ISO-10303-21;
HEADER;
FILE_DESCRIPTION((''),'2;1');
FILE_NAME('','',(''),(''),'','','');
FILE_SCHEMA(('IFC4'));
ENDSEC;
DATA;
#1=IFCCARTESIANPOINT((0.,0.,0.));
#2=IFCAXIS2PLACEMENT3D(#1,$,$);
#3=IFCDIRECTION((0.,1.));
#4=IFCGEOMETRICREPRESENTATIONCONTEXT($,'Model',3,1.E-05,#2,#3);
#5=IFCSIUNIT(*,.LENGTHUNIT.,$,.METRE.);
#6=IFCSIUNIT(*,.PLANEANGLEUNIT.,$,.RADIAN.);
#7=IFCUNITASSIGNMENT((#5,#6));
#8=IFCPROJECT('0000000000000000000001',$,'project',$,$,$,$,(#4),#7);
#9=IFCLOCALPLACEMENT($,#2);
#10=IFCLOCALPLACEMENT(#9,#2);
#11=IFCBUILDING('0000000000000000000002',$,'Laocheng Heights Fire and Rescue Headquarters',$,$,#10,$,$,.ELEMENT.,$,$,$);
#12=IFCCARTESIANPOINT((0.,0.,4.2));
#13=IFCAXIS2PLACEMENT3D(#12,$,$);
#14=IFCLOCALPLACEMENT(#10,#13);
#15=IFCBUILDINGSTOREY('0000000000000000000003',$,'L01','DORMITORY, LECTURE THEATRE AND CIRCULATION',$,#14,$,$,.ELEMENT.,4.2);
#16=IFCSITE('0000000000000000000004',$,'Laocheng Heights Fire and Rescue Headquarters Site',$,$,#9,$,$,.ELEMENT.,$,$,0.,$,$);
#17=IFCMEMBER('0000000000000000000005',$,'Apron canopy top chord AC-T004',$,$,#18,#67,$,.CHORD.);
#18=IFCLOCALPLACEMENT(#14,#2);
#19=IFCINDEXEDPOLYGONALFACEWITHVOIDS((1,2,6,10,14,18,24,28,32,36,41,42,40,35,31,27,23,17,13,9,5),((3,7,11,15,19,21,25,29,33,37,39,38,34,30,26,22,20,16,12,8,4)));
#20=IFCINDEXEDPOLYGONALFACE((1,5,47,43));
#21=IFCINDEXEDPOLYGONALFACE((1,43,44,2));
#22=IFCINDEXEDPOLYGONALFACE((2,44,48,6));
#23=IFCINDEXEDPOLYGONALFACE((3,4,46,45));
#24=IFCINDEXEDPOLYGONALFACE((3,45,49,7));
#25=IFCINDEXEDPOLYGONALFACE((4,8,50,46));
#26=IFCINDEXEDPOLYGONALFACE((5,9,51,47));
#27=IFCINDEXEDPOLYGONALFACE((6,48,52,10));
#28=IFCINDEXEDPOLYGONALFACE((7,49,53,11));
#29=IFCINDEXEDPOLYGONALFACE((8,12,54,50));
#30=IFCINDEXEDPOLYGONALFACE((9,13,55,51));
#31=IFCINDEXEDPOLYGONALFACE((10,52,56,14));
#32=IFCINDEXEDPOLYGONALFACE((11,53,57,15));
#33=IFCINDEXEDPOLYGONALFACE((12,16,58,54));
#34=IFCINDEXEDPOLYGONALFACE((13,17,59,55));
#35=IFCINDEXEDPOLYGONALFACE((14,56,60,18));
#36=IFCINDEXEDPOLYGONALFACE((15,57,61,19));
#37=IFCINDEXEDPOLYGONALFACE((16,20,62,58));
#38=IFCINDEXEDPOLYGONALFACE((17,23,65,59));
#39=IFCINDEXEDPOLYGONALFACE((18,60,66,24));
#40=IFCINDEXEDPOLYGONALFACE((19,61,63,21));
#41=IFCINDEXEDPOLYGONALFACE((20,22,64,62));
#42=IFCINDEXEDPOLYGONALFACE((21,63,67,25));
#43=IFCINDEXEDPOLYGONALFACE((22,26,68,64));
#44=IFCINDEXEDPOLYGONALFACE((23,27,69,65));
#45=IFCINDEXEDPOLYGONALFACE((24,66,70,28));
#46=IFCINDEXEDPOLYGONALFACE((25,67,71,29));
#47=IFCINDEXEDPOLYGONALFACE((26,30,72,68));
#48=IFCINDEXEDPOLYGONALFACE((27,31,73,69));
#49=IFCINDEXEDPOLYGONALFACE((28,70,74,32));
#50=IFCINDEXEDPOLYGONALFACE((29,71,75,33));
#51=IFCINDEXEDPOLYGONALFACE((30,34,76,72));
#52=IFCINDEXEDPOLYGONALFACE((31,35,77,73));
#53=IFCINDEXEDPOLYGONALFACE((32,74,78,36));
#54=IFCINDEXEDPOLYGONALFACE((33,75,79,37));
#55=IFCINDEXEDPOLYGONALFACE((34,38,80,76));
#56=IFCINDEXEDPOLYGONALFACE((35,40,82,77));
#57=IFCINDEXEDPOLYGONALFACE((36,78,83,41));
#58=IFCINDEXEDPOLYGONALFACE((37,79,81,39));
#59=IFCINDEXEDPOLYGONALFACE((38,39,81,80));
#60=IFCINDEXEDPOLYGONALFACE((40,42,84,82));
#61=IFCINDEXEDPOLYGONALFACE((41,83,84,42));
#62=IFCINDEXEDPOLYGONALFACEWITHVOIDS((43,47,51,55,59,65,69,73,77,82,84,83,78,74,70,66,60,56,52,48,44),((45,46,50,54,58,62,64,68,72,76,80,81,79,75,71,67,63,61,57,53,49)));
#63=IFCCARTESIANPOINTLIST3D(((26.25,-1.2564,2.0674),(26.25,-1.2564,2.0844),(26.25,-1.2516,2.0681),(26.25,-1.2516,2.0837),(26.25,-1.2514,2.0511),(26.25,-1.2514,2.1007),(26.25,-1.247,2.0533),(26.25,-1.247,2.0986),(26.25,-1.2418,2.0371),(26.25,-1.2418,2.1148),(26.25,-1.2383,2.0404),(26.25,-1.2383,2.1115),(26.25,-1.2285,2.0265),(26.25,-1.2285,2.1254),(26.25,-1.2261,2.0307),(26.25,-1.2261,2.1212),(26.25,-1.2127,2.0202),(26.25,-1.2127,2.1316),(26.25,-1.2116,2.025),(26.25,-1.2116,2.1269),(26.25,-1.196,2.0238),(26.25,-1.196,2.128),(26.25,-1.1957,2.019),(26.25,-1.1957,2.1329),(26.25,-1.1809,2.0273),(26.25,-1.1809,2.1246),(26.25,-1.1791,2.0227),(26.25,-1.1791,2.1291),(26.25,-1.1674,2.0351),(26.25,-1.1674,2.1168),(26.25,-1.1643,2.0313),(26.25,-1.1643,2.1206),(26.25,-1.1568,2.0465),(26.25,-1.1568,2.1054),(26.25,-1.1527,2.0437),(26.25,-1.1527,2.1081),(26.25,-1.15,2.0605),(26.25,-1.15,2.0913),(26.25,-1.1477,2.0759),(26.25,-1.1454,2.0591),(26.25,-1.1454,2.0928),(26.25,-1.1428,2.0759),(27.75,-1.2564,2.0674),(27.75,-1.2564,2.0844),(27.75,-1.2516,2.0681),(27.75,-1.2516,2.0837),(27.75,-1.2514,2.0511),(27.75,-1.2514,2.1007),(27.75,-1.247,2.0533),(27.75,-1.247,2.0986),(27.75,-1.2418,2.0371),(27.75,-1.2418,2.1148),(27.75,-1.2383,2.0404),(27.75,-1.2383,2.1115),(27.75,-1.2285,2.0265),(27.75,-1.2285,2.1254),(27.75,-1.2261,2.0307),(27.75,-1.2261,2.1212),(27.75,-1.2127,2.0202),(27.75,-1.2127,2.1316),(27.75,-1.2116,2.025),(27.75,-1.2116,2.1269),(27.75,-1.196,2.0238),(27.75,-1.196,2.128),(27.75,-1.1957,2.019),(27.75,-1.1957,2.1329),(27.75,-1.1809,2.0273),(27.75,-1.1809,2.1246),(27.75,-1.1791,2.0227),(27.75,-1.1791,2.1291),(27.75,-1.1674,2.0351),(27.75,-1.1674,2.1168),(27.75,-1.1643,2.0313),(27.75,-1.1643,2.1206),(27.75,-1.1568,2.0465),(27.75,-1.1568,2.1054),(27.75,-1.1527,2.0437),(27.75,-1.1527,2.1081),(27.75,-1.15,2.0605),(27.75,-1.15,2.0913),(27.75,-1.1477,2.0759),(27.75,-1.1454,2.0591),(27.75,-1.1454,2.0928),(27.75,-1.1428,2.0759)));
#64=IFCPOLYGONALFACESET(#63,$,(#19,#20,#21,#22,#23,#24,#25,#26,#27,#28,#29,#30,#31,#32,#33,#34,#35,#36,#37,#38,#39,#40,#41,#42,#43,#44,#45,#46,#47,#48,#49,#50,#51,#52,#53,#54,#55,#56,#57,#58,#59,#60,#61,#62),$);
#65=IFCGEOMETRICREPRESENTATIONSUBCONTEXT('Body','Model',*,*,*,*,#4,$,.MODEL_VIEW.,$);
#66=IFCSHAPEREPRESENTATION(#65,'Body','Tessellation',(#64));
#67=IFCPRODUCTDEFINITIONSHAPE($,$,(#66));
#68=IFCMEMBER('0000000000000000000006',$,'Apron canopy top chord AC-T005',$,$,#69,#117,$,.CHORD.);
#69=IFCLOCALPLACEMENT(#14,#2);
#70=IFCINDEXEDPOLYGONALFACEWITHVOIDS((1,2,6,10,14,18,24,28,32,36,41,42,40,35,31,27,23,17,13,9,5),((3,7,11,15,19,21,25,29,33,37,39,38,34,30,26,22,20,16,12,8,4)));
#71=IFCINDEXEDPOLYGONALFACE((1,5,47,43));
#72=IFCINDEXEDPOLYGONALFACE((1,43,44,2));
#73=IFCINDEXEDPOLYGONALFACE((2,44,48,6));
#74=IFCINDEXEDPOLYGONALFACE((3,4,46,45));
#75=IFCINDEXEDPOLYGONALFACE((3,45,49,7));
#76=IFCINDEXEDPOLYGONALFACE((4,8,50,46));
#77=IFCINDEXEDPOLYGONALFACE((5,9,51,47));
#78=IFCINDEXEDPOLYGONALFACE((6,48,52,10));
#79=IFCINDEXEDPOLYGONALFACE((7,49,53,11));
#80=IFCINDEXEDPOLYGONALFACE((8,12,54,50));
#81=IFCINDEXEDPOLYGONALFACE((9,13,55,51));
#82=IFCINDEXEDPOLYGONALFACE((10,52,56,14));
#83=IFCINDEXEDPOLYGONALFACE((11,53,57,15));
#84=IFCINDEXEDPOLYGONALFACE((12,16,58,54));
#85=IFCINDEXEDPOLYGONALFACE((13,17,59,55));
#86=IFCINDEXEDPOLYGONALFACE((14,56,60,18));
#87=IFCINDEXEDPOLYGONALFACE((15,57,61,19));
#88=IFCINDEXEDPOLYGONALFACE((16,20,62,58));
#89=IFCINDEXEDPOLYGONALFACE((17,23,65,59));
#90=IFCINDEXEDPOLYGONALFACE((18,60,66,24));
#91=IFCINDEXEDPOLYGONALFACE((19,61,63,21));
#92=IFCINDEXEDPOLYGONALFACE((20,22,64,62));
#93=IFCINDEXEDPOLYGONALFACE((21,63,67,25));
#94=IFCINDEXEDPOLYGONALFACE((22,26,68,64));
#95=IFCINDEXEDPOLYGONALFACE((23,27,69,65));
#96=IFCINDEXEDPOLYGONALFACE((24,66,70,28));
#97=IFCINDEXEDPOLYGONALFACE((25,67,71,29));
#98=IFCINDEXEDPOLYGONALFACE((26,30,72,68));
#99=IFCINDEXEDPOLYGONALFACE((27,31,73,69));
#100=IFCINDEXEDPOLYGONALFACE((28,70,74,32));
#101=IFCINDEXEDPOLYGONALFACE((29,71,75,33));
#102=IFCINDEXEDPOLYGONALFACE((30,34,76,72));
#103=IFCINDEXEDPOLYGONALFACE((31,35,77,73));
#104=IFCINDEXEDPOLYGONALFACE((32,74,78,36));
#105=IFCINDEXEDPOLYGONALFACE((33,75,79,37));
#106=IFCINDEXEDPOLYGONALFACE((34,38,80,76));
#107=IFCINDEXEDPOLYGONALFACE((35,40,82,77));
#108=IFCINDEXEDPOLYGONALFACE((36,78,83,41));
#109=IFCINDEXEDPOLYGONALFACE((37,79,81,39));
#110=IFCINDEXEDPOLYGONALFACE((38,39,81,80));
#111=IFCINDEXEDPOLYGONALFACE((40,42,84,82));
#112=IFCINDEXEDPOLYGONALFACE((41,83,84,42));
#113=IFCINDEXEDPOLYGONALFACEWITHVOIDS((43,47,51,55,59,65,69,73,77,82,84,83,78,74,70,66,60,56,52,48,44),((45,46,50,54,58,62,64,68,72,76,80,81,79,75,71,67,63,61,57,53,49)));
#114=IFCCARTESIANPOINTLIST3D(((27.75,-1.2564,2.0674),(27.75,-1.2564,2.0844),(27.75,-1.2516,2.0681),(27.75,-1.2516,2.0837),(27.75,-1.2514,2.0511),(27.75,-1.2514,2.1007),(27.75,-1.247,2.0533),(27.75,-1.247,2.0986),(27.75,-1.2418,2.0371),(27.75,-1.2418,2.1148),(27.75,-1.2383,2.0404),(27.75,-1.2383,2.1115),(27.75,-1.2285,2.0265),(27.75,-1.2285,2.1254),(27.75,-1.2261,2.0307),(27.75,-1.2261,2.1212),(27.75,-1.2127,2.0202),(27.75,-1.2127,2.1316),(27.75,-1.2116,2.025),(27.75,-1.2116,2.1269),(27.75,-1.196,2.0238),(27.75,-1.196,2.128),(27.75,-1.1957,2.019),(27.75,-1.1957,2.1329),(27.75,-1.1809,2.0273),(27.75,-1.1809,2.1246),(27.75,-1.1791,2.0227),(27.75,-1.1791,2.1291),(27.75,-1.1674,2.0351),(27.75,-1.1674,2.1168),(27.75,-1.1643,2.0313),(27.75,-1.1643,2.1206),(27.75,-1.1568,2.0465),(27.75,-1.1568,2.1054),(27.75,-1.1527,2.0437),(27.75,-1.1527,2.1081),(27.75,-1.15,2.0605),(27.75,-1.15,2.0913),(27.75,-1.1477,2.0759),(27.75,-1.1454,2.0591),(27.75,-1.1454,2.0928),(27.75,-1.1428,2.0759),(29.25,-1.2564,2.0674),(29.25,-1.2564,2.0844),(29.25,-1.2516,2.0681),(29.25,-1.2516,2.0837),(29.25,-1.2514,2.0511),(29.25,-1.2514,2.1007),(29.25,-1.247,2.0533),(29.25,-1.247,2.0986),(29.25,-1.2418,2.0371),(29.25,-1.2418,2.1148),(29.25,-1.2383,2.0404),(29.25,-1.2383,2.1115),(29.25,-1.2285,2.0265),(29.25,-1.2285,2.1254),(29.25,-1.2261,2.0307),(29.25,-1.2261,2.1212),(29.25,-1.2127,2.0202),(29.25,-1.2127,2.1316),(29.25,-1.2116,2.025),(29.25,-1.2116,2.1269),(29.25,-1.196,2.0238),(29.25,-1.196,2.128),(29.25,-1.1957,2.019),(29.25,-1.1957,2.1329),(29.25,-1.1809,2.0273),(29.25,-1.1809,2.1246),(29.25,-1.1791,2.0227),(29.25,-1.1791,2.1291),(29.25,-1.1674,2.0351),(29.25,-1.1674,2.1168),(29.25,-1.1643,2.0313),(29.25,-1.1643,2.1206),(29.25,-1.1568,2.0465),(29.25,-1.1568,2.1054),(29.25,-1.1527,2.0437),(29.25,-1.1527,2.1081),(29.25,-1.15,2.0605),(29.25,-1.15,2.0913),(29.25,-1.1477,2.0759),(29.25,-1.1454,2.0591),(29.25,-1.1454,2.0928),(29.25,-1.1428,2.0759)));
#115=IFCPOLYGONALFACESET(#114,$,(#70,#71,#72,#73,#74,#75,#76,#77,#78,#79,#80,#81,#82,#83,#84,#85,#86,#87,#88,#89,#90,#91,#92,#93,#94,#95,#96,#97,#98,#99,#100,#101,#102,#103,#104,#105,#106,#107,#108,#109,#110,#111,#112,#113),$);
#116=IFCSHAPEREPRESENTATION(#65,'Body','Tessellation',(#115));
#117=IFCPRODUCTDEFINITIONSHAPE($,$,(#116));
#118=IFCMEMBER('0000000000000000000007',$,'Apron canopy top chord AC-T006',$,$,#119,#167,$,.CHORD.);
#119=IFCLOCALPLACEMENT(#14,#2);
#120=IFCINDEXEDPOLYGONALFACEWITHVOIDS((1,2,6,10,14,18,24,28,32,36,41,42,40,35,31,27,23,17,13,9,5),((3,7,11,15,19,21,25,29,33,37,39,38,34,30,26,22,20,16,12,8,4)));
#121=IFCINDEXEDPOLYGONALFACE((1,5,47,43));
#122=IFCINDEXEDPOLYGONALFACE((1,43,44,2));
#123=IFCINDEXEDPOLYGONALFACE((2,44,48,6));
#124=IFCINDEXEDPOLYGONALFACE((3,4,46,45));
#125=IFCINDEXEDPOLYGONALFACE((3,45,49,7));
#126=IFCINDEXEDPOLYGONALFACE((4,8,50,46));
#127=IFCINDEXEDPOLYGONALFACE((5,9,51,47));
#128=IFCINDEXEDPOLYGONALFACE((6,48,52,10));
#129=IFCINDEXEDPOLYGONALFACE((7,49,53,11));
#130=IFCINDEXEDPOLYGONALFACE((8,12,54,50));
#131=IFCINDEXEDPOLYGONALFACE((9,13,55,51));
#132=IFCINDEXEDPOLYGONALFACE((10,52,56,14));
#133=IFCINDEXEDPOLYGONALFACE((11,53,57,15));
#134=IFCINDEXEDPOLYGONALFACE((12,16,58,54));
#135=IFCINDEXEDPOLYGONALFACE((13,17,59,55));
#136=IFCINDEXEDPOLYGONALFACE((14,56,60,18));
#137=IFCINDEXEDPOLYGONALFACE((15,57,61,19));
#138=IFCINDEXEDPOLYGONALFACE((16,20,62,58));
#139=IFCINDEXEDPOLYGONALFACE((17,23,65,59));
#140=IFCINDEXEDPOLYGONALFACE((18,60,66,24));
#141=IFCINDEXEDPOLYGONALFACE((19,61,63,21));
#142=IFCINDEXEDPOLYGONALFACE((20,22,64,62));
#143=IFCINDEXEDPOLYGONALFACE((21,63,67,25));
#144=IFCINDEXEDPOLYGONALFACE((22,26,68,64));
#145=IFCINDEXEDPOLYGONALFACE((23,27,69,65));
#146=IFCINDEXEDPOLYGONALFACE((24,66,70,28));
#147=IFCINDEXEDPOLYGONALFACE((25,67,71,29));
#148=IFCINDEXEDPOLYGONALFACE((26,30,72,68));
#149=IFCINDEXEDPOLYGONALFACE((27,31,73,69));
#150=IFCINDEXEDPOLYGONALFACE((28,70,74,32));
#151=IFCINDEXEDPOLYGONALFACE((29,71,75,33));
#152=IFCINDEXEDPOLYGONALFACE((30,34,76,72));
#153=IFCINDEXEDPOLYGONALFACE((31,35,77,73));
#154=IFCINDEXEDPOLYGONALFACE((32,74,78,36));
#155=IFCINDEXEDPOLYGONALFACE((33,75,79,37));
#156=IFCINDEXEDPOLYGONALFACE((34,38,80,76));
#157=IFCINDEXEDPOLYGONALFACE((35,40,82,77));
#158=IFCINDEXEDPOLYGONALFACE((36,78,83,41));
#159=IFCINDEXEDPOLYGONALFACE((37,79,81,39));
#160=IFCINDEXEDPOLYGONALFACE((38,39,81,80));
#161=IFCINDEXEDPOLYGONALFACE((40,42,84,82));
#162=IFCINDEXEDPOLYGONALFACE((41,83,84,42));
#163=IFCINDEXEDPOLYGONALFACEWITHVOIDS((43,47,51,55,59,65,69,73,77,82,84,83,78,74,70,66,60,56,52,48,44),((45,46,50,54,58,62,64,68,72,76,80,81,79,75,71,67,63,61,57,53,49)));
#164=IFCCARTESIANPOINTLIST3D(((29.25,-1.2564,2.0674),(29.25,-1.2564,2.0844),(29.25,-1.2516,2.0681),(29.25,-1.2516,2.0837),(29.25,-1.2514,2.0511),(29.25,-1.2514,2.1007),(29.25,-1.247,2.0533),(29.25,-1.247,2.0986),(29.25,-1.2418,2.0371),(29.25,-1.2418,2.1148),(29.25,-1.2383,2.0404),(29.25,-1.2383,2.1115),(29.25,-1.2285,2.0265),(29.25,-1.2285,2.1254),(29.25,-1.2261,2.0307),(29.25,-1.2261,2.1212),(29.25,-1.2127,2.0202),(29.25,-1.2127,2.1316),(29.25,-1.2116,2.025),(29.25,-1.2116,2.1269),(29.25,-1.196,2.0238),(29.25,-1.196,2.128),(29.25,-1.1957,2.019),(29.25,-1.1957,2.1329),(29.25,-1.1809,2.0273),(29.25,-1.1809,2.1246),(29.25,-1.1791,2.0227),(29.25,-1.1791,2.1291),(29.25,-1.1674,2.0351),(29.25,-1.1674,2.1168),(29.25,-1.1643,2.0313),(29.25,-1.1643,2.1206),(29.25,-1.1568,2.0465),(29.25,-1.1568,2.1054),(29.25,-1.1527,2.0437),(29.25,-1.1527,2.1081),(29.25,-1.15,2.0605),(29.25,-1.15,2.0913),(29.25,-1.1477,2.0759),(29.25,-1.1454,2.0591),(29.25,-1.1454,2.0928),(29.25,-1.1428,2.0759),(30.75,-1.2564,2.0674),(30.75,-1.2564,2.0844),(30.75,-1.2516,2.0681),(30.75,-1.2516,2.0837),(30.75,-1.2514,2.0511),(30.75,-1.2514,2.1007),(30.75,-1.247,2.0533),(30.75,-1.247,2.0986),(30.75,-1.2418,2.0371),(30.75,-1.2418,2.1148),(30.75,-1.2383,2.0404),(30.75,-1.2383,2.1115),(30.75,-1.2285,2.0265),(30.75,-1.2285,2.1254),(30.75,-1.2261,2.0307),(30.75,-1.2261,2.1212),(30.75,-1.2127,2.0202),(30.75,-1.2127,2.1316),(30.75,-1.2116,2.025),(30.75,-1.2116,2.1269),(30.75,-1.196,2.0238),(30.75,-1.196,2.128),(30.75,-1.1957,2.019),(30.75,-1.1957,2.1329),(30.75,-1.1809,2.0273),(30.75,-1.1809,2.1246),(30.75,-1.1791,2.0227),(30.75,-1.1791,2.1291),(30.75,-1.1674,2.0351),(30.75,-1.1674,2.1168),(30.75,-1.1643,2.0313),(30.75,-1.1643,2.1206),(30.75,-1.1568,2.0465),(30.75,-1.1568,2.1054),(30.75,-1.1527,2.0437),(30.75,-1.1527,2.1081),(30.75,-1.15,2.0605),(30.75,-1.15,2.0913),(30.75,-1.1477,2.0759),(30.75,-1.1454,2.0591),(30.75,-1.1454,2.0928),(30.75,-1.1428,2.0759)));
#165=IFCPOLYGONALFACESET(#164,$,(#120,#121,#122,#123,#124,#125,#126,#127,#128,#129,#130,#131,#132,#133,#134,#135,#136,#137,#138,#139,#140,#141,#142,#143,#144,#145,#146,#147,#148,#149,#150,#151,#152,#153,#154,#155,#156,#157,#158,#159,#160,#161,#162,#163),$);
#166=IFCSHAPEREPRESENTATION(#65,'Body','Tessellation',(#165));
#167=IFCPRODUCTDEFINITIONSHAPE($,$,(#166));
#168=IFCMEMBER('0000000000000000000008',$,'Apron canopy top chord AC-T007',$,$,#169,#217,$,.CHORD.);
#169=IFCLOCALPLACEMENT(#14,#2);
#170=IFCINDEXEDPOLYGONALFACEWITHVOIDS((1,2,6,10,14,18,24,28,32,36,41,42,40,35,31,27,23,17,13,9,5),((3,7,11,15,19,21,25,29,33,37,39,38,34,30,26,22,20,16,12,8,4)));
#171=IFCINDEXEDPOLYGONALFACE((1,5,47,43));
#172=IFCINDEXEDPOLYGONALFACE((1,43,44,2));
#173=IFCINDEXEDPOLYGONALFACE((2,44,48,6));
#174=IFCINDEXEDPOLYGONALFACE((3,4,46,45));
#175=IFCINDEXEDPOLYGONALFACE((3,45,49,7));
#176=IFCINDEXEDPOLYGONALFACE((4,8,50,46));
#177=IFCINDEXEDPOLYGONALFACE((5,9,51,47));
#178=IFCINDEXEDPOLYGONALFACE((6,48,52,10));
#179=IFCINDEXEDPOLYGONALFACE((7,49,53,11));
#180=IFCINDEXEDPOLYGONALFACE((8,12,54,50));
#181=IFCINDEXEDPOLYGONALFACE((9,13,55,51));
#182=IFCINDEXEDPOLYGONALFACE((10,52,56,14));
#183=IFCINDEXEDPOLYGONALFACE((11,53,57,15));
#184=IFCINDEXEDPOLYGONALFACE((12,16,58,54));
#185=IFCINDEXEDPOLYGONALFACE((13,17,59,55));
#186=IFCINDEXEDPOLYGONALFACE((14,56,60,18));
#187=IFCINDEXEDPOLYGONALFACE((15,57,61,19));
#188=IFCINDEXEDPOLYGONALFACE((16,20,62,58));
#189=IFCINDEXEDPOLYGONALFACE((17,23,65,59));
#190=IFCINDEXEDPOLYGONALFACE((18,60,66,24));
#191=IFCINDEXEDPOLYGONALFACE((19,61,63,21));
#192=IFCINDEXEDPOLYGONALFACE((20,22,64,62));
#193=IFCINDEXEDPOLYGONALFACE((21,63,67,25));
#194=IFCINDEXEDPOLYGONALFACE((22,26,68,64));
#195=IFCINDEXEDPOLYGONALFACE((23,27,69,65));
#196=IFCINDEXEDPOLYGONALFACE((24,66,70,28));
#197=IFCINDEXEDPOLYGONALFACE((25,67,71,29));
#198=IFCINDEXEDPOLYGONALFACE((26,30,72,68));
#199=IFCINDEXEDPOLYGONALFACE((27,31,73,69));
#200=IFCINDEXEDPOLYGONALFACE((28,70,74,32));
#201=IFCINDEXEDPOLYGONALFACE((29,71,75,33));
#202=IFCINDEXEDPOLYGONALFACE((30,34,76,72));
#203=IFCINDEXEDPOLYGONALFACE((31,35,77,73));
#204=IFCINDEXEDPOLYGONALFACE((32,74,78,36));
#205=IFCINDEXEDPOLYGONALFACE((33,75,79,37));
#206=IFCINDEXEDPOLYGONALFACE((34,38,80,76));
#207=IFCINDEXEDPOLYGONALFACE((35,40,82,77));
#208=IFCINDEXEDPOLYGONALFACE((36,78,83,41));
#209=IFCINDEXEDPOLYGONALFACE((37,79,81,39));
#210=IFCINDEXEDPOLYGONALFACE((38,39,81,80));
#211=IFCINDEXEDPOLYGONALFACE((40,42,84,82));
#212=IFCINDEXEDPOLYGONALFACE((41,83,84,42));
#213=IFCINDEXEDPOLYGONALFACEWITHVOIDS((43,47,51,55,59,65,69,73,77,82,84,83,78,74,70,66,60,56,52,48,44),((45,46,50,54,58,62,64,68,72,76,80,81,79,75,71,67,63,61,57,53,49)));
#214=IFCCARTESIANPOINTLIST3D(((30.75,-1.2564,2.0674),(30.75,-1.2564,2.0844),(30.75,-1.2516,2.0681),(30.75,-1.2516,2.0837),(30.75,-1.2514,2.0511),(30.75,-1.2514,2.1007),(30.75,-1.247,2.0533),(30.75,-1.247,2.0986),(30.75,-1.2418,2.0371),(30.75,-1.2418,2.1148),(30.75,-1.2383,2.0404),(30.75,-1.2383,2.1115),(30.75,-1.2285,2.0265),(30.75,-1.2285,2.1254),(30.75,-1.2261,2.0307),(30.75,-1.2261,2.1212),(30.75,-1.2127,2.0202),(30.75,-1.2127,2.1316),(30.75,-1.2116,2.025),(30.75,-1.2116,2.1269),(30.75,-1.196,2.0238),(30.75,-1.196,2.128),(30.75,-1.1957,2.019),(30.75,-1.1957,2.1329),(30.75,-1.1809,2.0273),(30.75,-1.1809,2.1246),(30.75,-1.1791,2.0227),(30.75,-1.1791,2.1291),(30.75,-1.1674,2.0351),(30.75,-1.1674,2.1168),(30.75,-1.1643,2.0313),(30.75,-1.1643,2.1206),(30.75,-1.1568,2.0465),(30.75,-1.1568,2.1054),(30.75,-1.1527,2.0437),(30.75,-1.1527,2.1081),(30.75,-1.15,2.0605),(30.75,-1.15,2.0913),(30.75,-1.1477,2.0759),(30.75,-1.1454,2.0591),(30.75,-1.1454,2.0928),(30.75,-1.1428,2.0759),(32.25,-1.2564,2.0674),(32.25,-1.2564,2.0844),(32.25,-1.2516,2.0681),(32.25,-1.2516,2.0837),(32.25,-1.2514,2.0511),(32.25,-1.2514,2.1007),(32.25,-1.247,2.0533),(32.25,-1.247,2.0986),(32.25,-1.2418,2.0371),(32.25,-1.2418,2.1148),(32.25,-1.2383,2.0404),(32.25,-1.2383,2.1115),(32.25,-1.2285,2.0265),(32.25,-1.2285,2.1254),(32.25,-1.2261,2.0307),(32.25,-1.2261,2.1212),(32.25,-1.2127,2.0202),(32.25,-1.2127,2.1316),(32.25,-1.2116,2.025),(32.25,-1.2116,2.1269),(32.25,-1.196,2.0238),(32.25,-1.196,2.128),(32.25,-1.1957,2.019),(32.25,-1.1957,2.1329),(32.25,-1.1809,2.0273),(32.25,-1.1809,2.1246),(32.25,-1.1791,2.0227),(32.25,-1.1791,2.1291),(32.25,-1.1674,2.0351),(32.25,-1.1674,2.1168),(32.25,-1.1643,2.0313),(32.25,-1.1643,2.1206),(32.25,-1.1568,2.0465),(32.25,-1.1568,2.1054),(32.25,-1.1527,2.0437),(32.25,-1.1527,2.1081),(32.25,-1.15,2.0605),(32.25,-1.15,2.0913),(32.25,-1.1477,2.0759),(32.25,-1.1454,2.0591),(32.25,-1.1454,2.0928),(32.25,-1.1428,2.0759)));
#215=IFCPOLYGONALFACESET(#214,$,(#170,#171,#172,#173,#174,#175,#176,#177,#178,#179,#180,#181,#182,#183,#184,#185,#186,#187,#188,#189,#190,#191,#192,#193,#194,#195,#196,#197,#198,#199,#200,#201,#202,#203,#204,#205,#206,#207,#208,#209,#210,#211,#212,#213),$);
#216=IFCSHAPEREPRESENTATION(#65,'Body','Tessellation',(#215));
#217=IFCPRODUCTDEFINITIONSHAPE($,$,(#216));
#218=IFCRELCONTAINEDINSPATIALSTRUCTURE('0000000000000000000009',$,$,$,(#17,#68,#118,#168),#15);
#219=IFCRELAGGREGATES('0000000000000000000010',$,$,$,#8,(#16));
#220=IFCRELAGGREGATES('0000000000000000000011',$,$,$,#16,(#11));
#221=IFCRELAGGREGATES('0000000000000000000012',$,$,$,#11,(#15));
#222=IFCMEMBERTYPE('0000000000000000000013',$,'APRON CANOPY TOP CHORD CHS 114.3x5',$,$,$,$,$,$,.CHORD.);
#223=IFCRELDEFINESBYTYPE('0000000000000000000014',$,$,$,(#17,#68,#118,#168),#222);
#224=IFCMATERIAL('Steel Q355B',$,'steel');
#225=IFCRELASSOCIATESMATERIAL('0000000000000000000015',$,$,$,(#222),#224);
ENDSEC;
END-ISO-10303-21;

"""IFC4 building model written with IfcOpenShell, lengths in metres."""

from ifc_helpers import new_model, si_unit, direction, frame, origin, origin_2d, place, context, subcontext, project, spatial, hollow_circle, extrude, material, material_profile, profile_set, type_object, element, save


model = new_model("IFC4")

# Units and contexts
model_context = context("Model", 3, precision=1e-05, world=origin(), true_north=direction((0.0, 1.0)))
body_context = subcontext(model_context, "Body", "Model", "MODEL_VIEW")
ifc_project = project(units=[si_unit("LENGTHUNIT", "METRE"), si_unit("PLANEANGLEUNIT", "RADIAN")], contexts=[model_context])

# Site, building, storey
site_placement = place(None, origin())
site = spatial("IfcSite", under=ifc_project, at=site_placement, Name="Laocheng Heights Fire and Rescue Headquarters Site", CompositionType="ELEMENT", RefElevation=0.0)
building_placement = place(site_placement, origin())
building = spatial("IfcBuilding", under=site, at=building_placement, Name="Laocheng Heights Fire and Rescue Headquarters", CompositionType="ELEMENT")
storey_placement = place(building_placement, frame((0.0, 0.0, 4.2)))
storey = spatial("IfcBuildingStorey", under=building, at=storey_placement, Name="L01", Description="DORMITORY, LECTURE THEATRE AND CIRCULATION", CompositionType="ELEMENT", Elevation=4.2)

# Members
ifc_material_1 = material(Name="Steel Q355B", Category="steel")
ifc_material_profile_1 = material_profile(ifc_material_1, hollow_circle(Radius=0.0571, WallThickness=0.0049, at=origin_2d()), Name="CHS 114.3x5")
ifc_profile_set_1 = profile_set([ifc_material_profile_1], Name="Steel Q355B")
member_type = type_object("IfcMemberType", Name="APRON CANOPY TOP CHORD CHS 114.3x5", PredefinedType="CHORD", material=ifc_profile_set_1)
for number, where, z_axis, x_axis, name in (
    (1, (26.25, -1.2, 2.0759), (1.0, 0.0, 0.0), (0.0, 1.0, 0.0), "Apron canopy top chord AC-T004"),
    (2, (27.75, -1.2, 2.0759), (1.0, 0.0, 0.0), (0.0, 1.0, 0.0), "Apron canopy top chord AC-T005"),
    (3, (29.25, -1.2, 2.0759), (1.0, 0.0, 0.0), (0.0, 1.0, 0.0), "Apron canopy top chord AC-T006"),
    (4, (30.75, -1.2, 2.0759), (1.0, 0.0, 0.0), (0.0, 1.0, 0.0), "Apron canopy top chord AC-T007"),
):
    element("IfcMember", number, at=place(storey_placement, frame(where, z_axis=z_axis, x_axis=x_axis)), inside=storey, type_object=member_type, Name=name, PredefinedType="CHORD", context=body_context, shape_type="SweptSolid", body=[
        extrude(hollow_circle(Radius=0.0571, WallThickness=0.0049, at=origin_2d()), origin(), (0.0, 0.0, 1.0), 1.5),
    ])

save(model, "model.ifc")
